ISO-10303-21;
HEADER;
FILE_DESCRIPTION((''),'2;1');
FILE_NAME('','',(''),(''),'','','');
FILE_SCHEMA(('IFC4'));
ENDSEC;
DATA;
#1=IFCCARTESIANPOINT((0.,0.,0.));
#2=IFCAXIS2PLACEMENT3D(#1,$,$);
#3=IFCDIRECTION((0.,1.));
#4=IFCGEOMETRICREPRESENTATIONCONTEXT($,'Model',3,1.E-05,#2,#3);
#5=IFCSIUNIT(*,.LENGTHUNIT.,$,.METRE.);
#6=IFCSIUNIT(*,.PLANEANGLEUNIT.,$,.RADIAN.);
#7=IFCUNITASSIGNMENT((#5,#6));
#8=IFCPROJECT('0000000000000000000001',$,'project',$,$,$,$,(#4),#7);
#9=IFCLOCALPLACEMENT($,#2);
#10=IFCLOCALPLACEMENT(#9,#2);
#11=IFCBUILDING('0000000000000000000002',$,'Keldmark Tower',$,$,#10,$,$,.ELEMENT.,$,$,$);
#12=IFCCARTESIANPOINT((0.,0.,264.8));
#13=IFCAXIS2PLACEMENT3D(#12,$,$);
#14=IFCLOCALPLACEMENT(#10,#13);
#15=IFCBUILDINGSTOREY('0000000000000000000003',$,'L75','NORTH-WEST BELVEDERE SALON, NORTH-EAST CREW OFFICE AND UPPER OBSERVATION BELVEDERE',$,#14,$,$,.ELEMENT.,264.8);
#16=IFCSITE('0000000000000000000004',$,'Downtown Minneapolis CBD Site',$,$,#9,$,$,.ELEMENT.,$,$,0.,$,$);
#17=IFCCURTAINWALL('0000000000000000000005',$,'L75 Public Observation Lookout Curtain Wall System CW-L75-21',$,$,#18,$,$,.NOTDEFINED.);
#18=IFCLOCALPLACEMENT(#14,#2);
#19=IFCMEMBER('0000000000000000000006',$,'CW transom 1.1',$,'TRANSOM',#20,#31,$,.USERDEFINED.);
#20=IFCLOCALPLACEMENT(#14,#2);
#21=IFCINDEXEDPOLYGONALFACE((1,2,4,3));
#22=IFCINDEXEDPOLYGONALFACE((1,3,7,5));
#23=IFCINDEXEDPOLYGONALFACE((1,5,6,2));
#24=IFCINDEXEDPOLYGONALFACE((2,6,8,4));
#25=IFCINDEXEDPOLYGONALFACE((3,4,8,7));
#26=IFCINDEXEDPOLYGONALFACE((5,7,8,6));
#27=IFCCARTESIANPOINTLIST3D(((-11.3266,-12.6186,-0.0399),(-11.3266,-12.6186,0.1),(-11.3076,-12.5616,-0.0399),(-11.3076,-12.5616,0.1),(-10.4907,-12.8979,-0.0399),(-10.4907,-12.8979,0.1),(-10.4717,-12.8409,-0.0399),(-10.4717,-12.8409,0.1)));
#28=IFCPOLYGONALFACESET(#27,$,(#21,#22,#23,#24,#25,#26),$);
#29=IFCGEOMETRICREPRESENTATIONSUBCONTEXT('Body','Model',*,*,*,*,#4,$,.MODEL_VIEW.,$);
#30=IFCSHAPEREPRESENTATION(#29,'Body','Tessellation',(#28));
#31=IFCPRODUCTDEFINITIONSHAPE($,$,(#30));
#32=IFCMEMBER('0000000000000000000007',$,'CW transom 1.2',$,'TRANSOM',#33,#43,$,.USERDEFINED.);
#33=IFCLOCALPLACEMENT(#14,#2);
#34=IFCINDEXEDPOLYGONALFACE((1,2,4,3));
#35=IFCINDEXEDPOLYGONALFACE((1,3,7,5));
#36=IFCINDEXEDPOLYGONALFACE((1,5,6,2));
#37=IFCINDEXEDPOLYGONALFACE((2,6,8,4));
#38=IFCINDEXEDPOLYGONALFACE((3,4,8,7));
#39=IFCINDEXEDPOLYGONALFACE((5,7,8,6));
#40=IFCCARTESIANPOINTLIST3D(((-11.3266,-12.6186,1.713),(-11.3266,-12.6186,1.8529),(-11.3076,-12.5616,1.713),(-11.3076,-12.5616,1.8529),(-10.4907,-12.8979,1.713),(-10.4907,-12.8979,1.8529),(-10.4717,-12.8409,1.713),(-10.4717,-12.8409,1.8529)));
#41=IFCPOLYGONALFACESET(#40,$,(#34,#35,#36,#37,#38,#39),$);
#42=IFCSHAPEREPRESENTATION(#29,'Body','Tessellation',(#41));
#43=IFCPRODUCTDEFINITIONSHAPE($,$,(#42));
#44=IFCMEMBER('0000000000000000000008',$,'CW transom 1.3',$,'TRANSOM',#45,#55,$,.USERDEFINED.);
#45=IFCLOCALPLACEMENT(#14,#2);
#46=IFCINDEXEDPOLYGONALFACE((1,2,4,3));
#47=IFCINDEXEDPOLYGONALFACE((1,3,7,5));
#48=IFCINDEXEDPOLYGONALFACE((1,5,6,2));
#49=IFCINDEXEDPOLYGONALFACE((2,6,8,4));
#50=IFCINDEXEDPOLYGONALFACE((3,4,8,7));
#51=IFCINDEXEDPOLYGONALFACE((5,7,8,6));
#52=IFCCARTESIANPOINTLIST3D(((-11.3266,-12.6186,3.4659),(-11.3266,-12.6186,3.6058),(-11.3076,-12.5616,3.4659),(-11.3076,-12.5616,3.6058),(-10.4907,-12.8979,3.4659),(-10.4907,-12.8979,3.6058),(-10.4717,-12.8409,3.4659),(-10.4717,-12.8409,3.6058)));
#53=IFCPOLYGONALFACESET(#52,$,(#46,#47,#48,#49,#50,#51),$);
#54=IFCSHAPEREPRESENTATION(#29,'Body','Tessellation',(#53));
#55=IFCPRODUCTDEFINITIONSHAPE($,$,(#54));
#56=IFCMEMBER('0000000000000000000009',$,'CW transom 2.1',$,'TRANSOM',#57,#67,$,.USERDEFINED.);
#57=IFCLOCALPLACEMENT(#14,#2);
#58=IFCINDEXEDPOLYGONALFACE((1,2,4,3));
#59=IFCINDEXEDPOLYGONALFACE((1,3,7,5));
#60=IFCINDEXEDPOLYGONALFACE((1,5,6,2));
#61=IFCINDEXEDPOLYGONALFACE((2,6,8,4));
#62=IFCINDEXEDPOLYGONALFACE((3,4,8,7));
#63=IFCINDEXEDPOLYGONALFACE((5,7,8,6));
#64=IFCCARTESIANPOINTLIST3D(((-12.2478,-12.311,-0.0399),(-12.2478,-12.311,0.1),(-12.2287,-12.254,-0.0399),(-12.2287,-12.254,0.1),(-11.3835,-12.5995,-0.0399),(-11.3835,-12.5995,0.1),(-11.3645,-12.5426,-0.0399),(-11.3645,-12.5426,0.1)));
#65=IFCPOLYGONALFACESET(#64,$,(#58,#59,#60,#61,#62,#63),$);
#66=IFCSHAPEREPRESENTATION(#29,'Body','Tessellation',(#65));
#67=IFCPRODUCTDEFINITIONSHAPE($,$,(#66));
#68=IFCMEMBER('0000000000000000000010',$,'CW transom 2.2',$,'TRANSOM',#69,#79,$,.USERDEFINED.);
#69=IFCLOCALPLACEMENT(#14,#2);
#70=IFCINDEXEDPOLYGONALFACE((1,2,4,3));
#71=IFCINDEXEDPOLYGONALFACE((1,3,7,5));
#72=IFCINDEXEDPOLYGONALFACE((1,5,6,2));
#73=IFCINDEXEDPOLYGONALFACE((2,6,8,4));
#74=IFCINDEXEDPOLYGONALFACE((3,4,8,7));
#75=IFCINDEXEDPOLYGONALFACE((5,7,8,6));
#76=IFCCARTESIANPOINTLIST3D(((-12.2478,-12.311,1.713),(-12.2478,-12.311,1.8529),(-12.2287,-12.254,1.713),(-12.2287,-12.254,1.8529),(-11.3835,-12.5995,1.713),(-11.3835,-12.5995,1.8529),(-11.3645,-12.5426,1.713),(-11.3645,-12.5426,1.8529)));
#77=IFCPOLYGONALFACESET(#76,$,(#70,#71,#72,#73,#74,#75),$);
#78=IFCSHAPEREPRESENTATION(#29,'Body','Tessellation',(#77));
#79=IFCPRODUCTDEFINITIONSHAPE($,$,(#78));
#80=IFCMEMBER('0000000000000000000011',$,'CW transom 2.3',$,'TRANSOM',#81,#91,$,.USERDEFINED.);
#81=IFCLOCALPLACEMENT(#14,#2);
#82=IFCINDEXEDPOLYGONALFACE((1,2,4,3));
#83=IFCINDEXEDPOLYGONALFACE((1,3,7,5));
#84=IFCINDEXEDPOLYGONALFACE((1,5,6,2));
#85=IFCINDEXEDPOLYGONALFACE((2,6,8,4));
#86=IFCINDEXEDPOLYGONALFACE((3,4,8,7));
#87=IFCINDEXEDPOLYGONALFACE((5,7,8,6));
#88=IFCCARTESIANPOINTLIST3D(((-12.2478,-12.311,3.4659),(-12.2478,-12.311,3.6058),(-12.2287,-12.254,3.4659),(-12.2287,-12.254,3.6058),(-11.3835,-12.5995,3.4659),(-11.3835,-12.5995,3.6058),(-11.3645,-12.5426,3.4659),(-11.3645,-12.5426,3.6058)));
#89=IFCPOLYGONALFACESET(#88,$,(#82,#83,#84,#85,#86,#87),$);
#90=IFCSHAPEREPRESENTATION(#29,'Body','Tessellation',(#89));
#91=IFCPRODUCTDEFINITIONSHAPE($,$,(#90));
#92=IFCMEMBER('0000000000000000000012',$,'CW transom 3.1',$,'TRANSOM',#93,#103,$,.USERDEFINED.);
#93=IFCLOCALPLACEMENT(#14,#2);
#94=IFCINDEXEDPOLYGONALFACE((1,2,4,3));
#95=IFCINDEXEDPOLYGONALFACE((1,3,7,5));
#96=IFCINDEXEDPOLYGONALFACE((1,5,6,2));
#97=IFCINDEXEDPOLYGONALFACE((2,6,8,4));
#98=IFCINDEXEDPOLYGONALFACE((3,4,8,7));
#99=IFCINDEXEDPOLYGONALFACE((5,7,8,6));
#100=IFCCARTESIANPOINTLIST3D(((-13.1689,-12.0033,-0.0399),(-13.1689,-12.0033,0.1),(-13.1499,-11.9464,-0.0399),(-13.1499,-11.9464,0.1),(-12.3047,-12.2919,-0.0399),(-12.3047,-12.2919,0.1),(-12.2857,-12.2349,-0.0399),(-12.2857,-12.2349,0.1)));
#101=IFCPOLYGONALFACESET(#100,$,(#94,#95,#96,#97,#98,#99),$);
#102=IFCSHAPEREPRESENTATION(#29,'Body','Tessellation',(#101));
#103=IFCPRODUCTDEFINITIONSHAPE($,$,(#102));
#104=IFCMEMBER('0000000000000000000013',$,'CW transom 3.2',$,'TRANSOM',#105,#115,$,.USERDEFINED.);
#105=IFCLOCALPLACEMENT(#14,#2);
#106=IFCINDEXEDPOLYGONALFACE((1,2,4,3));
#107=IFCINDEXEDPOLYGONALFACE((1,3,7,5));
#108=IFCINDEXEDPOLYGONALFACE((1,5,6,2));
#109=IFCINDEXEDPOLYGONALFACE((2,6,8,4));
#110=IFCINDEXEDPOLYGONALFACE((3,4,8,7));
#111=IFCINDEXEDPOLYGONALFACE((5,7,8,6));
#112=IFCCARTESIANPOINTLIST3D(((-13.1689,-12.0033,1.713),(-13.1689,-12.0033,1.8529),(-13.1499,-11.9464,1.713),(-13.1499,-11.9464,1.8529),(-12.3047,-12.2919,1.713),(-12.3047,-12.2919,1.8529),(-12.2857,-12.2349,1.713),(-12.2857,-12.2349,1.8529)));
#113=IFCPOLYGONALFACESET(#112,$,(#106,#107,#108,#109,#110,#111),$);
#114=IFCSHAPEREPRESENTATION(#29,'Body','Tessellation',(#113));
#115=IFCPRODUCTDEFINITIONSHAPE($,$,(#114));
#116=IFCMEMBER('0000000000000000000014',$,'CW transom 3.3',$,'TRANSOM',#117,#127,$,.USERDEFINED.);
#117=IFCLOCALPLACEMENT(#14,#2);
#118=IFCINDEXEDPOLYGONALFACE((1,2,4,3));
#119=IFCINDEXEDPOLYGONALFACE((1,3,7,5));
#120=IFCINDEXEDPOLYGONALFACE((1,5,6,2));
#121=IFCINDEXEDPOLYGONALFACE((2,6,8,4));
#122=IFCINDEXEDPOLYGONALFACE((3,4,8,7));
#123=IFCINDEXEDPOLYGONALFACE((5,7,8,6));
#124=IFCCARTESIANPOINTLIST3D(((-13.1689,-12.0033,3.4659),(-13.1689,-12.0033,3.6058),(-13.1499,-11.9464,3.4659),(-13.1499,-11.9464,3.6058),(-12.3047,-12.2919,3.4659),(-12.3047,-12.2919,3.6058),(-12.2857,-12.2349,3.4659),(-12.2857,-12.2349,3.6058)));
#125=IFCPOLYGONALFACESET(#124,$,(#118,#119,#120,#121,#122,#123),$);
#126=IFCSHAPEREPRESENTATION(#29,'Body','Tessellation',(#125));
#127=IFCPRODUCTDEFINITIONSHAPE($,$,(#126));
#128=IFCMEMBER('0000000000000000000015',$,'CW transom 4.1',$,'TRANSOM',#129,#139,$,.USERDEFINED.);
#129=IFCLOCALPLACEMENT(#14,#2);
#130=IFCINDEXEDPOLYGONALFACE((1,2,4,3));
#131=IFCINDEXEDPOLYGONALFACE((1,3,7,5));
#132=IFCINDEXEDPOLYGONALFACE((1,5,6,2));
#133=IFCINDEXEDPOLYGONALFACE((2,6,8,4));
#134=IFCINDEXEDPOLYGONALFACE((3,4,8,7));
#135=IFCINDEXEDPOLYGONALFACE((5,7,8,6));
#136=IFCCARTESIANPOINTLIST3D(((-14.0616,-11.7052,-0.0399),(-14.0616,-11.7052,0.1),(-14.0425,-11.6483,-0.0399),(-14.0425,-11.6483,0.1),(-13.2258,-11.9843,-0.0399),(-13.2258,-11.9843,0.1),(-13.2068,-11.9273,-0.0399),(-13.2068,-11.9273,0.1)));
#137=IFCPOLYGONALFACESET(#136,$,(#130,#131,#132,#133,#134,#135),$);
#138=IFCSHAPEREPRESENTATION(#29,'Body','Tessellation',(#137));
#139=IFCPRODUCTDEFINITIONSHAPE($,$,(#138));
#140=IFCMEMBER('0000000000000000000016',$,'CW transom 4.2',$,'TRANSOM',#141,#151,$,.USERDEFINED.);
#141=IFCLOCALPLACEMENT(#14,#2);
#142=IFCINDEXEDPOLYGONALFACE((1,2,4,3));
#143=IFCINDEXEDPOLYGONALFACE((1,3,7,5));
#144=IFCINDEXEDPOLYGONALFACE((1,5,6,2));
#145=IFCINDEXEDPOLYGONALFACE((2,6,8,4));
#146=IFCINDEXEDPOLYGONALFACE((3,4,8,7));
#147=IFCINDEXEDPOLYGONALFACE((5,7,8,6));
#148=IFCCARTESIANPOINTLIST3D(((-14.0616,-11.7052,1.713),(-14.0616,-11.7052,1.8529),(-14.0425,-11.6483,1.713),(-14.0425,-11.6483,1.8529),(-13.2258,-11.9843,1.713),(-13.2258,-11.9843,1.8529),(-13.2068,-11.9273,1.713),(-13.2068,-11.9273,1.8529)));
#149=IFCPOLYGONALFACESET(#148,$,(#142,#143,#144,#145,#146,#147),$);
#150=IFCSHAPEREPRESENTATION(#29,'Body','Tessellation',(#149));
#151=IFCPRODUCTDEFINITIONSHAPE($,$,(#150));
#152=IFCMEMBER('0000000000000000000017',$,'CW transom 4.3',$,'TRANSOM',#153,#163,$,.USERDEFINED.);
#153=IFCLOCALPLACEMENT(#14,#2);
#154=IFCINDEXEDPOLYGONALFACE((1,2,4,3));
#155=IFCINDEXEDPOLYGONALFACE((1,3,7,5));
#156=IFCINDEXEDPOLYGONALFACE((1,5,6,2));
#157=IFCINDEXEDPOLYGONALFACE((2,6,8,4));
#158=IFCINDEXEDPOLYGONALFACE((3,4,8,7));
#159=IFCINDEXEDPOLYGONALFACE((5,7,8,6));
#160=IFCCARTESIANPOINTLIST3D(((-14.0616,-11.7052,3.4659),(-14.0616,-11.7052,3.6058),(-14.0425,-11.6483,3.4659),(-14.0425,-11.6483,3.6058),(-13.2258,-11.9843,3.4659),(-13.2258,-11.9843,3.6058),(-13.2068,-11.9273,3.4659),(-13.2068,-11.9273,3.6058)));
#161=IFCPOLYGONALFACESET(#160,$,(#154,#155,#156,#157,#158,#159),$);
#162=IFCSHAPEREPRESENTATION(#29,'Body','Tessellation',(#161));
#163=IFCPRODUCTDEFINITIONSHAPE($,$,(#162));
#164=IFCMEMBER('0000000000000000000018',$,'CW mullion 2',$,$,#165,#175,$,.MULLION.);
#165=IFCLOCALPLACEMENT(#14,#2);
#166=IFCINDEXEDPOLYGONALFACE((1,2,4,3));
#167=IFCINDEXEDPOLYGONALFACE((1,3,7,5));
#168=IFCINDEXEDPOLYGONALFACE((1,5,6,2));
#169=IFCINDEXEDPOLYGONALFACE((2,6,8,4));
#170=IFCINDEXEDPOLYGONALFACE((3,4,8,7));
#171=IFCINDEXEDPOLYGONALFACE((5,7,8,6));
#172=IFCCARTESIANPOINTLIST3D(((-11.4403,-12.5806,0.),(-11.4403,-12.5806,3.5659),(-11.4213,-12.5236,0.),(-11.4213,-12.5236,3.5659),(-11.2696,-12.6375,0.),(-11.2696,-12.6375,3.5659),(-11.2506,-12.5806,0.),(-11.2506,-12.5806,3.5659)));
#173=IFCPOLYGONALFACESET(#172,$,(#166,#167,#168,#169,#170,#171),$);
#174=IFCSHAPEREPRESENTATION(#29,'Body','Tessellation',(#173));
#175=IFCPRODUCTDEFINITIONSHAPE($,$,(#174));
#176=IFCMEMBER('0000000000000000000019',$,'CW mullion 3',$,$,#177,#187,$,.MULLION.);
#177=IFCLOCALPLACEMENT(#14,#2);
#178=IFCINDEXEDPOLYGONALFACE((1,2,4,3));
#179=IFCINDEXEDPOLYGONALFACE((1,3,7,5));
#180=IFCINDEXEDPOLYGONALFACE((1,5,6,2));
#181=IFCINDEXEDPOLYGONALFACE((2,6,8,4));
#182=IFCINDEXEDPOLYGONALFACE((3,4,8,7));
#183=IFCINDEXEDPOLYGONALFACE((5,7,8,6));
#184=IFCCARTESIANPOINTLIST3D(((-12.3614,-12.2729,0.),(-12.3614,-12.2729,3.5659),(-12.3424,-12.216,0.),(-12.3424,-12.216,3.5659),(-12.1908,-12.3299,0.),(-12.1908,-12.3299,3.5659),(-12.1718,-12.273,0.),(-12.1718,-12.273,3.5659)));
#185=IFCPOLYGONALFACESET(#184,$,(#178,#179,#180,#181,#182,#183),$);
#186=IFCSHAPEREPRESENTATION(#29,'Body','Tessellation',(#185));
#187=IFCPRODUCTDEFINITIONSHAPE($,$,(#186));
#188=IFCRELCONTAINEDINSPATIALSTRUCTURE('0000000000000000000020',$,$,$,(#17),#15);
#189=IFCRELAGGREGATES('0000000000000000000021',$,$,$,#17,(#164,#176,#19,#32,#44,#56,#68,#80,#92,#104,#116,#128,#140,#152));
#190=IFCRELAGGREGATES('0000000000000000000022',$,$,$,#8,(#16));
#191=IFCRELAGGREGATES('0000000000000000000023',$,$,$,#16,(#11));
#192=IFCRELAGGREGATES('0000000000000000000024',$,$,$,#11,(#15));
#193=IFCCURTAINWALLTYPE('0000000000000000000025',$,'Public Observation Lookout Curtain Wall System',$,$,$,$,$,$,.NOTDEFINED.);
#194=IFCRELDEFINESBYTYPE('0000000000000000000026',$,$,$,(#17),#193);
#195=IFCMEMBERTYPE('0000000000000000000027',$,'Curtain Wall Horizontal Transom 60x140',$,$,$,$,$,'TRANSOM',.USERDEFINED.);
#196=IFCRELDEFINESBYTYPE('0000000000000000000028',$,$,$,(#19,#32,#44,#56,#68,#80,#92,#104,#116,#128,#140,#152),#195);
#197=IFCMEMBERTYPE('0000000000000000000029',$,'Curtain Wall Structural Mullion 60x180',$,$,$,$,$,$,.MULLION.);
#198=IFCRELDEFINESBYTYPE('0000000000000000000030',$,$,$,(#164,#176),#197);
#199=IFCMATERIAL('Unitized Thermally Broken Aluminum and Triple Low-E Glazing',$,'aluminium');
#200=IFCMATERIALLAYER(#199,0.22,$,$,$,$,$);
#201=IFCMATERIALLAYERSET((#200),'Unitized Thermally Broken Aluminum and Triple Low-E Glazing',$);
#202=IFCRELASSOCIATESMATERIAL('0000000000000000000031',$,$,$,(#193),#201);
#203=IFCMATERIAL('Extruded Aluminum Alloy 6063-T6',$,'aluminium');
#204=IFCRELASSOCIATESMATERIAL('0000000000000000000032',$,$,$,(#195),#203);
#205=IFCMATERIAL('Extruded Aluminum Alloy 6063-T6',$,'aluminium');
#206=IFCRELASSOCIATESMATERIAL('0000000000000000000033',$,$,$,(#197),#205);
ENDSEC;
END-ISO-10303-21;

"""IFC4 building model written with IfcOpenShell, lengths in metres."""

from ifc_helpers import new_model, si_unit, direction, frame, origin, origin_2d, place, context, subcontext, project, spatial, rectangle, extrude, material, layer, layer_set, material_profile, profile_set, type_object, element, aggregate, save


model = new_model("IFC4")

# Units and contexts
model_context = context("Model", 3, precision=1e-05, world=origin(), true_north=direction((0.0, 1.0)))
body_context = subcontext(model_context, "Body", "Model", "MODEL_VIEW")
ifc_project = project(units=[si_unit("LENGTHUNIT", "METRE"), si_unit("PLANEANGLEUNIT", "RADIAN")], contexts=[model_context])

# Site, building, storey
site_placement = place(None, origin())
site = spatial("IfcSite", under=ifc_project, at=site_placement, Name="Downtown Minneapolis CBD Site", CompositionType="ELEMENT", RefElevation=0.0)
building_placement = place(site_placement, origin())
building = spatial("IfcBuilding", under=site, at=building_placement, Name="Keldmark Tower", CompositionType="ELEMENT")
storey_placement = place(building_placement, frame((0.0, 0.0, 264.8)))
storey = spatial("IfcBuildingStorey", under=building, at=storey_placement, Name="L75", Description="NORTH-WEST BELVEDERE SALON, NORTH-EAST CREW OFFICE AND UPPER OBSERVATION BELVEDERE", CompositionType="ELEMENT", Elevation=264.8)

# Curtain wall, members
ifc_material_1 = material(Name="Unitized Thermally Broken Aluminum and Triple Low-E Glazing", Category="aluminium")
ifc_layer_1 = layer(ifc_material_1, 0.22)
ifc_layer_set_1 = layer_set([ifc_layer_1], Name="Unitized Thermally Broken Aluminum and Triple Low-E Glazing")
curtain_wall_type = type_object("IfcCurtainWallType", Name="Public Observation Lookout Curtain Wall System", PredefinedType="NOTDEFINED", material=ifc_layer_set_1)
curtain_wall_placement = place(storey_placement, origin())
curtain_wall = element("IfcCurtainWall", 1, at=curtain_wall_placement, inside=storey, type_object=curtain_wall_type, Name="L75 Public Observation Lookout Curtain Wall System CW-L75-21", PredefinedType="NOTDEFINED")
ifc_material_2 = material(Name="Extruded Aluminum Alloy 6063-T6", Category="aluminium")
ifc_material_profile_1 = material_profile(ifc_material_2, rectangle(XDim=0.0601, YDim=0.1399, at=origin_2d()), Name="CWT60X140")
ifc_profile_set_1 = profile_set([ifc_material_profile_1], Name="Extruded Aluminum Alloy 6063-T6")
member_type_1 = type_object("IfcMemberType", Name="Curtain Wall Horizontal Transom 60x140", ElementType="TRANSOM", PredefinedType="USERDEFINED", material=ifc_profile_set_1)
member_1_placement = place(storey_placement, frame((-10.4812, -12.8694, 0.03), z_axis=(-0.948461, 0.316892, 0.0), x_axis=(-0.316892, -0.948461, 0.0)))
member_1 = element("IfcMember", 2, at=member_1_placement, type_object=member_type_1, Name="CW transom 1.1", ObjectType="TRANSOM", PredefinedType="USERDEFINED", context=body_context, shape_type="SweptSolid", body=[
    extrude(rectangle(XDim=0.0601, YDim=0.1399, at=origin_2d()), origin(), (0.0, 0.0, 1.0), 0.8813),
])
member_2_placement = place(storey_placement, frame((-10.4812, -12.8694, 1.783), z_axis=(-0.948461, 0.316892, 0.0), x_axis=(-0.316892, -0.948461, 0.0)))
member_2 = element("IfcMember", 3, at=member_2_placement, type_object=member_type_1, Name="CW transom 1.2", ObjectType="TRANSOM", PredefinedType="USERDEFINED", context=body_context, shape_type="SweptSolid", body=[
    extrude(rectangle(XDim=0.0601, YDim=0.1399, at=origin_2d()), origin(), (0.0, 0.0, 1.0), 0.8813),
])
member_3_placement = place(storey_placement, frame((-10.4812, -12.8694, 3.5359), z_axis=(-0.948461, 0.316892, 0.0), x_axis=(-0.316892, -0.948461, 0.0)))
member_3 = element("IfcMember", 4, at=member_3_placement, type_object=member_type_1, Name="CW transom 1.3", ObjectType="TRANSOM", PredefinedType="USERDEFINED", context=body_context, shape_type="SweptSolid", body=[
    extrude(rectangle(XDim=0.0601, YDim=0.1399, at=origin_2d()), origin(), (0.0, 0.0, 1.0), 0.8813),
])
member_4_placement = place(storey_placement, frame((-11.374, -12.571, 0.03), z_axis=(-0.948522, 0.31671, 0.0), x_axis=(-0.31671, -0.948522, 0.0)))
member_4 = element("IfcMember", 5, at=member_4_placement, type_object=member_type_1, Name="CW transom 2.1", ObjectType="TRANSOM", PredefinedType="USERDEFINED", context=body_context, shape_type="SweptSolid", body=[
    extrude(rectangle(XDim=0.0601, YDim=0.1399, at=origin_2d()), origin(), (0.0, 0.0, 1.0), 0.9111),
])
member_5_placement = place(storey_placement, frame((-11.374, -12.571, 1.783), z_axis=(-0.948522, 0.31671, 0.0), x_axis=(-0.31671, -0.948522, 0.0)))
member_5 = element("IfcMember", 6, at=member_5_placement, type_object=member_type_1, Name="CW transom 2.2", ObjectType="TRANSOM", PredefinedType="USERDEFINED", context=body_context, shape_type="SweptSolid", body=[
    extrude(rectangle(XDim=0.0601, YDim=0.1399, at=origin_2d()), origin(), (0.0, 0.0, 1.0), 0.9111),
])
member_6_placement = place(storey_placement, frame((-11.374, -12.571, 3.5359), z_axis=(-0.948522, 0.31671, 0.0), x_axis=(-0.31671, -0.948522, 0.0)))
member_6 = element("IfcMember", 7, at=member_6_placement, type_object=member_type_1, Name="CW transom 2.3", ObjectType="TRANSOM", PredefinedType="USERDEFINED", context=body_context, shape_type="SweptSolid", body=[
    extrude(rectangle(XDim=0.0601, YDim=0.1399, at=origin_2d()), origin(), (0.0, 0.0, 1.0), 0.9111),
])
member_7_placement = place(storey_placement, frame((-12.2952, -12.2634, 0.03), z_axis=(-0.948522, 0.31671, 0.0), x_axis=(-0.31671, -0.948522, 0.0)))
member_7 = element("IfcMember", 8, at=member_7_placement, type_object=member_type_1, Name="CW transom 3.1", ObjectType="TRANSOM", PredefinedType="USERDEFINED", context=body_context, shape_type="SweptSolid", body=[
    extrude(rectangle(XDim=0.0601, YDim=0.1399, at=origin_2d()), origin(), (0.0, 0.0, 1.0), 0.9111),
])
member_8_placement = place(storey_placement, frame((-12.2952, -12.2634, 1.783), z_axis=(-0.948522, 0.31671, 0.0), x_axis=(-0.31671, -0.948522, 0.0)))
member_8 = element("IfcMember", 9, at=member_8_placement, type_object=member_type_1, Name="CW transom 3.2", ObjectType="TRANSOM", PredefinedType="USERDEFINED", context=body_context, shape_type="SweptSolid", body=[
    extrude(rectangle(XDim=0.0601, YDim=0.1399, at=origin_2d()), origin(), (0.0, 0.0, 1.0), 0.9111),
])
member_9_placement = place(storey_placement, frame((-12.2952, -12.2634, 3.5359), z_axis=(-0.948522, 0.31671, 0.0), x_axis=(-0.31671, -0.948522, 0.0)))
member_9 = element("IfcMember", 10, at=member_9_placement, type_object=member_type_1, Name="CW transom 3.3", ObjectType="TRANSOM", PredefinedType="USERDEFINED", context=body_context, shape_type="SweptSolid", body=[
    extrude(rectangle(XDim=0.0601, YDim=0.1399, at=origin_2d()), origin(), (0.0, 0.0, 1.0), 0.9111),
])
member_10_placement = place(storey_placement, frame((-13.2163, -11.9558, 0.03), z_axis=(-0.948517, 0.316727, 0.0), x_axis=(-0.316727, -0.948517, 0.0)))
member_10 = element("IfcMember", 11, at=member_10_placement, type_object=member_type_1, Name="CW transom 4.1", ObjectType="TRANSOM", PredefinedType="USERDEFINED", context=body_context, shape_type="SweptSolid", body=[
    extrude(rectangle(XDim=0.0601, YDim=0.1399, at=origin_2d()), origin(), (0.0, 0.0, 1.0), 0.8811),
])
member_11_placement = place(storey_placement, frame((-13.2163, -11.9558, 1.783), z_axis=(-0.948517, 0.316727, 0.0), x_axis=(-0.316727, -0.948517, 0.0)))
member_11 = element("IfcMember", 12, at=member_11_placement, type_object=member_type_1, Name="CW transom 4.2", ObjectType="TRANSOM", PredefinedType="USERDEFINED", context=body_context, shape_type="SweptSolid", body=[
    extrude(rectangle(XDim=0.0601, YDim=0.1399, at=origin_2d()), origin(), (0.0, 0.0, 1.0), 0.8811),
])
member_12_placement = place(storey_placement, frame((-13.2163, -11.9558, 3.5359), z_axis=(-0.948517, 0.316727, 0.0), x_axis=(-0.316727, -0.948517, 0.0)))
member_12 = element("IfcMember", 13, at=member_12_placement, type_object=member_type_1, Name="CW transom 4.3", ObjectType="TRANSOM", PredefinedType="USERDEFINED", context=body_context, shape_type="SweptSolid", body=[
    extrude(rectangle(XDim=0.0601, YDim=0.1399, at=origin_2d()), origin(), (0.0, 0.0, 1.0), 0.8811),
])
ifc_material_3 = material(Name="Extruded Aluminum Alloy 6063-T6", Category="aluminium")
ifc_material_profile_2 = material_profile(ifc_material_3, rectangle(XDim=0.0601, YDim=0.1799, at=origin_2d()), Name="CWM60X180")
ifc_profile_set_2 = profile_set([ifc_material_profile_2], Name="Extruded Aluminum Alloy 6063-T6")
member_type_2 = type_object("IfcMemberType", Name="Curtain Wall Structural Mullion 60x180", PredefinedType="MULLION", material=ifc_profile_set_2)
member_13_placement = place(storey_placement, frame((-11.3455, -12.5806, 0.0), z_axis=(0.0, 0.0, 1.0), x_axis=(-0.316776, -0.9485, 0.0)))
member_13 = element("IfcMember", 14, at=member_13_placement, type_object=member_type_2, Name="CW mullion 2", PredefinedType="MULLION", context=body_context, shape_type="SweptSolid", body=[
    extrude(rectangle(XDim=0.0601, YDim=0.1799, at=origin_2d()), origin(), (0.0, 0.0, 1.0), 3.5659),
])
member_14_placement = place(storey_placement, frame((-12.2666, -12.2729, 0.0), z_axis=(0.0, 0.0, 1.0), x_axis=(-0.316776, -0.9485, 0.0)))
member_14 = element("IfcMember", 15, at=member_14_placement, type_object=member_type_2, Name="CW mullion 3", PredefinedType="MULLION", context=body_context, shape_type="SweptSolid", body=[
    extrude(rectangle(XDim=0.0601, YDim=0.1799, at=origin_2d()), origin(), (0.0, 0.0, 1.0), 3.5659),
])

aggregate(curtain_wall, [member_13, member_14, member_1, member_2, member_3, member_4, member_5, member_6, member_7, member_8, member_9, member_10, member_11, member_12])

save(model, "model.ifc")
